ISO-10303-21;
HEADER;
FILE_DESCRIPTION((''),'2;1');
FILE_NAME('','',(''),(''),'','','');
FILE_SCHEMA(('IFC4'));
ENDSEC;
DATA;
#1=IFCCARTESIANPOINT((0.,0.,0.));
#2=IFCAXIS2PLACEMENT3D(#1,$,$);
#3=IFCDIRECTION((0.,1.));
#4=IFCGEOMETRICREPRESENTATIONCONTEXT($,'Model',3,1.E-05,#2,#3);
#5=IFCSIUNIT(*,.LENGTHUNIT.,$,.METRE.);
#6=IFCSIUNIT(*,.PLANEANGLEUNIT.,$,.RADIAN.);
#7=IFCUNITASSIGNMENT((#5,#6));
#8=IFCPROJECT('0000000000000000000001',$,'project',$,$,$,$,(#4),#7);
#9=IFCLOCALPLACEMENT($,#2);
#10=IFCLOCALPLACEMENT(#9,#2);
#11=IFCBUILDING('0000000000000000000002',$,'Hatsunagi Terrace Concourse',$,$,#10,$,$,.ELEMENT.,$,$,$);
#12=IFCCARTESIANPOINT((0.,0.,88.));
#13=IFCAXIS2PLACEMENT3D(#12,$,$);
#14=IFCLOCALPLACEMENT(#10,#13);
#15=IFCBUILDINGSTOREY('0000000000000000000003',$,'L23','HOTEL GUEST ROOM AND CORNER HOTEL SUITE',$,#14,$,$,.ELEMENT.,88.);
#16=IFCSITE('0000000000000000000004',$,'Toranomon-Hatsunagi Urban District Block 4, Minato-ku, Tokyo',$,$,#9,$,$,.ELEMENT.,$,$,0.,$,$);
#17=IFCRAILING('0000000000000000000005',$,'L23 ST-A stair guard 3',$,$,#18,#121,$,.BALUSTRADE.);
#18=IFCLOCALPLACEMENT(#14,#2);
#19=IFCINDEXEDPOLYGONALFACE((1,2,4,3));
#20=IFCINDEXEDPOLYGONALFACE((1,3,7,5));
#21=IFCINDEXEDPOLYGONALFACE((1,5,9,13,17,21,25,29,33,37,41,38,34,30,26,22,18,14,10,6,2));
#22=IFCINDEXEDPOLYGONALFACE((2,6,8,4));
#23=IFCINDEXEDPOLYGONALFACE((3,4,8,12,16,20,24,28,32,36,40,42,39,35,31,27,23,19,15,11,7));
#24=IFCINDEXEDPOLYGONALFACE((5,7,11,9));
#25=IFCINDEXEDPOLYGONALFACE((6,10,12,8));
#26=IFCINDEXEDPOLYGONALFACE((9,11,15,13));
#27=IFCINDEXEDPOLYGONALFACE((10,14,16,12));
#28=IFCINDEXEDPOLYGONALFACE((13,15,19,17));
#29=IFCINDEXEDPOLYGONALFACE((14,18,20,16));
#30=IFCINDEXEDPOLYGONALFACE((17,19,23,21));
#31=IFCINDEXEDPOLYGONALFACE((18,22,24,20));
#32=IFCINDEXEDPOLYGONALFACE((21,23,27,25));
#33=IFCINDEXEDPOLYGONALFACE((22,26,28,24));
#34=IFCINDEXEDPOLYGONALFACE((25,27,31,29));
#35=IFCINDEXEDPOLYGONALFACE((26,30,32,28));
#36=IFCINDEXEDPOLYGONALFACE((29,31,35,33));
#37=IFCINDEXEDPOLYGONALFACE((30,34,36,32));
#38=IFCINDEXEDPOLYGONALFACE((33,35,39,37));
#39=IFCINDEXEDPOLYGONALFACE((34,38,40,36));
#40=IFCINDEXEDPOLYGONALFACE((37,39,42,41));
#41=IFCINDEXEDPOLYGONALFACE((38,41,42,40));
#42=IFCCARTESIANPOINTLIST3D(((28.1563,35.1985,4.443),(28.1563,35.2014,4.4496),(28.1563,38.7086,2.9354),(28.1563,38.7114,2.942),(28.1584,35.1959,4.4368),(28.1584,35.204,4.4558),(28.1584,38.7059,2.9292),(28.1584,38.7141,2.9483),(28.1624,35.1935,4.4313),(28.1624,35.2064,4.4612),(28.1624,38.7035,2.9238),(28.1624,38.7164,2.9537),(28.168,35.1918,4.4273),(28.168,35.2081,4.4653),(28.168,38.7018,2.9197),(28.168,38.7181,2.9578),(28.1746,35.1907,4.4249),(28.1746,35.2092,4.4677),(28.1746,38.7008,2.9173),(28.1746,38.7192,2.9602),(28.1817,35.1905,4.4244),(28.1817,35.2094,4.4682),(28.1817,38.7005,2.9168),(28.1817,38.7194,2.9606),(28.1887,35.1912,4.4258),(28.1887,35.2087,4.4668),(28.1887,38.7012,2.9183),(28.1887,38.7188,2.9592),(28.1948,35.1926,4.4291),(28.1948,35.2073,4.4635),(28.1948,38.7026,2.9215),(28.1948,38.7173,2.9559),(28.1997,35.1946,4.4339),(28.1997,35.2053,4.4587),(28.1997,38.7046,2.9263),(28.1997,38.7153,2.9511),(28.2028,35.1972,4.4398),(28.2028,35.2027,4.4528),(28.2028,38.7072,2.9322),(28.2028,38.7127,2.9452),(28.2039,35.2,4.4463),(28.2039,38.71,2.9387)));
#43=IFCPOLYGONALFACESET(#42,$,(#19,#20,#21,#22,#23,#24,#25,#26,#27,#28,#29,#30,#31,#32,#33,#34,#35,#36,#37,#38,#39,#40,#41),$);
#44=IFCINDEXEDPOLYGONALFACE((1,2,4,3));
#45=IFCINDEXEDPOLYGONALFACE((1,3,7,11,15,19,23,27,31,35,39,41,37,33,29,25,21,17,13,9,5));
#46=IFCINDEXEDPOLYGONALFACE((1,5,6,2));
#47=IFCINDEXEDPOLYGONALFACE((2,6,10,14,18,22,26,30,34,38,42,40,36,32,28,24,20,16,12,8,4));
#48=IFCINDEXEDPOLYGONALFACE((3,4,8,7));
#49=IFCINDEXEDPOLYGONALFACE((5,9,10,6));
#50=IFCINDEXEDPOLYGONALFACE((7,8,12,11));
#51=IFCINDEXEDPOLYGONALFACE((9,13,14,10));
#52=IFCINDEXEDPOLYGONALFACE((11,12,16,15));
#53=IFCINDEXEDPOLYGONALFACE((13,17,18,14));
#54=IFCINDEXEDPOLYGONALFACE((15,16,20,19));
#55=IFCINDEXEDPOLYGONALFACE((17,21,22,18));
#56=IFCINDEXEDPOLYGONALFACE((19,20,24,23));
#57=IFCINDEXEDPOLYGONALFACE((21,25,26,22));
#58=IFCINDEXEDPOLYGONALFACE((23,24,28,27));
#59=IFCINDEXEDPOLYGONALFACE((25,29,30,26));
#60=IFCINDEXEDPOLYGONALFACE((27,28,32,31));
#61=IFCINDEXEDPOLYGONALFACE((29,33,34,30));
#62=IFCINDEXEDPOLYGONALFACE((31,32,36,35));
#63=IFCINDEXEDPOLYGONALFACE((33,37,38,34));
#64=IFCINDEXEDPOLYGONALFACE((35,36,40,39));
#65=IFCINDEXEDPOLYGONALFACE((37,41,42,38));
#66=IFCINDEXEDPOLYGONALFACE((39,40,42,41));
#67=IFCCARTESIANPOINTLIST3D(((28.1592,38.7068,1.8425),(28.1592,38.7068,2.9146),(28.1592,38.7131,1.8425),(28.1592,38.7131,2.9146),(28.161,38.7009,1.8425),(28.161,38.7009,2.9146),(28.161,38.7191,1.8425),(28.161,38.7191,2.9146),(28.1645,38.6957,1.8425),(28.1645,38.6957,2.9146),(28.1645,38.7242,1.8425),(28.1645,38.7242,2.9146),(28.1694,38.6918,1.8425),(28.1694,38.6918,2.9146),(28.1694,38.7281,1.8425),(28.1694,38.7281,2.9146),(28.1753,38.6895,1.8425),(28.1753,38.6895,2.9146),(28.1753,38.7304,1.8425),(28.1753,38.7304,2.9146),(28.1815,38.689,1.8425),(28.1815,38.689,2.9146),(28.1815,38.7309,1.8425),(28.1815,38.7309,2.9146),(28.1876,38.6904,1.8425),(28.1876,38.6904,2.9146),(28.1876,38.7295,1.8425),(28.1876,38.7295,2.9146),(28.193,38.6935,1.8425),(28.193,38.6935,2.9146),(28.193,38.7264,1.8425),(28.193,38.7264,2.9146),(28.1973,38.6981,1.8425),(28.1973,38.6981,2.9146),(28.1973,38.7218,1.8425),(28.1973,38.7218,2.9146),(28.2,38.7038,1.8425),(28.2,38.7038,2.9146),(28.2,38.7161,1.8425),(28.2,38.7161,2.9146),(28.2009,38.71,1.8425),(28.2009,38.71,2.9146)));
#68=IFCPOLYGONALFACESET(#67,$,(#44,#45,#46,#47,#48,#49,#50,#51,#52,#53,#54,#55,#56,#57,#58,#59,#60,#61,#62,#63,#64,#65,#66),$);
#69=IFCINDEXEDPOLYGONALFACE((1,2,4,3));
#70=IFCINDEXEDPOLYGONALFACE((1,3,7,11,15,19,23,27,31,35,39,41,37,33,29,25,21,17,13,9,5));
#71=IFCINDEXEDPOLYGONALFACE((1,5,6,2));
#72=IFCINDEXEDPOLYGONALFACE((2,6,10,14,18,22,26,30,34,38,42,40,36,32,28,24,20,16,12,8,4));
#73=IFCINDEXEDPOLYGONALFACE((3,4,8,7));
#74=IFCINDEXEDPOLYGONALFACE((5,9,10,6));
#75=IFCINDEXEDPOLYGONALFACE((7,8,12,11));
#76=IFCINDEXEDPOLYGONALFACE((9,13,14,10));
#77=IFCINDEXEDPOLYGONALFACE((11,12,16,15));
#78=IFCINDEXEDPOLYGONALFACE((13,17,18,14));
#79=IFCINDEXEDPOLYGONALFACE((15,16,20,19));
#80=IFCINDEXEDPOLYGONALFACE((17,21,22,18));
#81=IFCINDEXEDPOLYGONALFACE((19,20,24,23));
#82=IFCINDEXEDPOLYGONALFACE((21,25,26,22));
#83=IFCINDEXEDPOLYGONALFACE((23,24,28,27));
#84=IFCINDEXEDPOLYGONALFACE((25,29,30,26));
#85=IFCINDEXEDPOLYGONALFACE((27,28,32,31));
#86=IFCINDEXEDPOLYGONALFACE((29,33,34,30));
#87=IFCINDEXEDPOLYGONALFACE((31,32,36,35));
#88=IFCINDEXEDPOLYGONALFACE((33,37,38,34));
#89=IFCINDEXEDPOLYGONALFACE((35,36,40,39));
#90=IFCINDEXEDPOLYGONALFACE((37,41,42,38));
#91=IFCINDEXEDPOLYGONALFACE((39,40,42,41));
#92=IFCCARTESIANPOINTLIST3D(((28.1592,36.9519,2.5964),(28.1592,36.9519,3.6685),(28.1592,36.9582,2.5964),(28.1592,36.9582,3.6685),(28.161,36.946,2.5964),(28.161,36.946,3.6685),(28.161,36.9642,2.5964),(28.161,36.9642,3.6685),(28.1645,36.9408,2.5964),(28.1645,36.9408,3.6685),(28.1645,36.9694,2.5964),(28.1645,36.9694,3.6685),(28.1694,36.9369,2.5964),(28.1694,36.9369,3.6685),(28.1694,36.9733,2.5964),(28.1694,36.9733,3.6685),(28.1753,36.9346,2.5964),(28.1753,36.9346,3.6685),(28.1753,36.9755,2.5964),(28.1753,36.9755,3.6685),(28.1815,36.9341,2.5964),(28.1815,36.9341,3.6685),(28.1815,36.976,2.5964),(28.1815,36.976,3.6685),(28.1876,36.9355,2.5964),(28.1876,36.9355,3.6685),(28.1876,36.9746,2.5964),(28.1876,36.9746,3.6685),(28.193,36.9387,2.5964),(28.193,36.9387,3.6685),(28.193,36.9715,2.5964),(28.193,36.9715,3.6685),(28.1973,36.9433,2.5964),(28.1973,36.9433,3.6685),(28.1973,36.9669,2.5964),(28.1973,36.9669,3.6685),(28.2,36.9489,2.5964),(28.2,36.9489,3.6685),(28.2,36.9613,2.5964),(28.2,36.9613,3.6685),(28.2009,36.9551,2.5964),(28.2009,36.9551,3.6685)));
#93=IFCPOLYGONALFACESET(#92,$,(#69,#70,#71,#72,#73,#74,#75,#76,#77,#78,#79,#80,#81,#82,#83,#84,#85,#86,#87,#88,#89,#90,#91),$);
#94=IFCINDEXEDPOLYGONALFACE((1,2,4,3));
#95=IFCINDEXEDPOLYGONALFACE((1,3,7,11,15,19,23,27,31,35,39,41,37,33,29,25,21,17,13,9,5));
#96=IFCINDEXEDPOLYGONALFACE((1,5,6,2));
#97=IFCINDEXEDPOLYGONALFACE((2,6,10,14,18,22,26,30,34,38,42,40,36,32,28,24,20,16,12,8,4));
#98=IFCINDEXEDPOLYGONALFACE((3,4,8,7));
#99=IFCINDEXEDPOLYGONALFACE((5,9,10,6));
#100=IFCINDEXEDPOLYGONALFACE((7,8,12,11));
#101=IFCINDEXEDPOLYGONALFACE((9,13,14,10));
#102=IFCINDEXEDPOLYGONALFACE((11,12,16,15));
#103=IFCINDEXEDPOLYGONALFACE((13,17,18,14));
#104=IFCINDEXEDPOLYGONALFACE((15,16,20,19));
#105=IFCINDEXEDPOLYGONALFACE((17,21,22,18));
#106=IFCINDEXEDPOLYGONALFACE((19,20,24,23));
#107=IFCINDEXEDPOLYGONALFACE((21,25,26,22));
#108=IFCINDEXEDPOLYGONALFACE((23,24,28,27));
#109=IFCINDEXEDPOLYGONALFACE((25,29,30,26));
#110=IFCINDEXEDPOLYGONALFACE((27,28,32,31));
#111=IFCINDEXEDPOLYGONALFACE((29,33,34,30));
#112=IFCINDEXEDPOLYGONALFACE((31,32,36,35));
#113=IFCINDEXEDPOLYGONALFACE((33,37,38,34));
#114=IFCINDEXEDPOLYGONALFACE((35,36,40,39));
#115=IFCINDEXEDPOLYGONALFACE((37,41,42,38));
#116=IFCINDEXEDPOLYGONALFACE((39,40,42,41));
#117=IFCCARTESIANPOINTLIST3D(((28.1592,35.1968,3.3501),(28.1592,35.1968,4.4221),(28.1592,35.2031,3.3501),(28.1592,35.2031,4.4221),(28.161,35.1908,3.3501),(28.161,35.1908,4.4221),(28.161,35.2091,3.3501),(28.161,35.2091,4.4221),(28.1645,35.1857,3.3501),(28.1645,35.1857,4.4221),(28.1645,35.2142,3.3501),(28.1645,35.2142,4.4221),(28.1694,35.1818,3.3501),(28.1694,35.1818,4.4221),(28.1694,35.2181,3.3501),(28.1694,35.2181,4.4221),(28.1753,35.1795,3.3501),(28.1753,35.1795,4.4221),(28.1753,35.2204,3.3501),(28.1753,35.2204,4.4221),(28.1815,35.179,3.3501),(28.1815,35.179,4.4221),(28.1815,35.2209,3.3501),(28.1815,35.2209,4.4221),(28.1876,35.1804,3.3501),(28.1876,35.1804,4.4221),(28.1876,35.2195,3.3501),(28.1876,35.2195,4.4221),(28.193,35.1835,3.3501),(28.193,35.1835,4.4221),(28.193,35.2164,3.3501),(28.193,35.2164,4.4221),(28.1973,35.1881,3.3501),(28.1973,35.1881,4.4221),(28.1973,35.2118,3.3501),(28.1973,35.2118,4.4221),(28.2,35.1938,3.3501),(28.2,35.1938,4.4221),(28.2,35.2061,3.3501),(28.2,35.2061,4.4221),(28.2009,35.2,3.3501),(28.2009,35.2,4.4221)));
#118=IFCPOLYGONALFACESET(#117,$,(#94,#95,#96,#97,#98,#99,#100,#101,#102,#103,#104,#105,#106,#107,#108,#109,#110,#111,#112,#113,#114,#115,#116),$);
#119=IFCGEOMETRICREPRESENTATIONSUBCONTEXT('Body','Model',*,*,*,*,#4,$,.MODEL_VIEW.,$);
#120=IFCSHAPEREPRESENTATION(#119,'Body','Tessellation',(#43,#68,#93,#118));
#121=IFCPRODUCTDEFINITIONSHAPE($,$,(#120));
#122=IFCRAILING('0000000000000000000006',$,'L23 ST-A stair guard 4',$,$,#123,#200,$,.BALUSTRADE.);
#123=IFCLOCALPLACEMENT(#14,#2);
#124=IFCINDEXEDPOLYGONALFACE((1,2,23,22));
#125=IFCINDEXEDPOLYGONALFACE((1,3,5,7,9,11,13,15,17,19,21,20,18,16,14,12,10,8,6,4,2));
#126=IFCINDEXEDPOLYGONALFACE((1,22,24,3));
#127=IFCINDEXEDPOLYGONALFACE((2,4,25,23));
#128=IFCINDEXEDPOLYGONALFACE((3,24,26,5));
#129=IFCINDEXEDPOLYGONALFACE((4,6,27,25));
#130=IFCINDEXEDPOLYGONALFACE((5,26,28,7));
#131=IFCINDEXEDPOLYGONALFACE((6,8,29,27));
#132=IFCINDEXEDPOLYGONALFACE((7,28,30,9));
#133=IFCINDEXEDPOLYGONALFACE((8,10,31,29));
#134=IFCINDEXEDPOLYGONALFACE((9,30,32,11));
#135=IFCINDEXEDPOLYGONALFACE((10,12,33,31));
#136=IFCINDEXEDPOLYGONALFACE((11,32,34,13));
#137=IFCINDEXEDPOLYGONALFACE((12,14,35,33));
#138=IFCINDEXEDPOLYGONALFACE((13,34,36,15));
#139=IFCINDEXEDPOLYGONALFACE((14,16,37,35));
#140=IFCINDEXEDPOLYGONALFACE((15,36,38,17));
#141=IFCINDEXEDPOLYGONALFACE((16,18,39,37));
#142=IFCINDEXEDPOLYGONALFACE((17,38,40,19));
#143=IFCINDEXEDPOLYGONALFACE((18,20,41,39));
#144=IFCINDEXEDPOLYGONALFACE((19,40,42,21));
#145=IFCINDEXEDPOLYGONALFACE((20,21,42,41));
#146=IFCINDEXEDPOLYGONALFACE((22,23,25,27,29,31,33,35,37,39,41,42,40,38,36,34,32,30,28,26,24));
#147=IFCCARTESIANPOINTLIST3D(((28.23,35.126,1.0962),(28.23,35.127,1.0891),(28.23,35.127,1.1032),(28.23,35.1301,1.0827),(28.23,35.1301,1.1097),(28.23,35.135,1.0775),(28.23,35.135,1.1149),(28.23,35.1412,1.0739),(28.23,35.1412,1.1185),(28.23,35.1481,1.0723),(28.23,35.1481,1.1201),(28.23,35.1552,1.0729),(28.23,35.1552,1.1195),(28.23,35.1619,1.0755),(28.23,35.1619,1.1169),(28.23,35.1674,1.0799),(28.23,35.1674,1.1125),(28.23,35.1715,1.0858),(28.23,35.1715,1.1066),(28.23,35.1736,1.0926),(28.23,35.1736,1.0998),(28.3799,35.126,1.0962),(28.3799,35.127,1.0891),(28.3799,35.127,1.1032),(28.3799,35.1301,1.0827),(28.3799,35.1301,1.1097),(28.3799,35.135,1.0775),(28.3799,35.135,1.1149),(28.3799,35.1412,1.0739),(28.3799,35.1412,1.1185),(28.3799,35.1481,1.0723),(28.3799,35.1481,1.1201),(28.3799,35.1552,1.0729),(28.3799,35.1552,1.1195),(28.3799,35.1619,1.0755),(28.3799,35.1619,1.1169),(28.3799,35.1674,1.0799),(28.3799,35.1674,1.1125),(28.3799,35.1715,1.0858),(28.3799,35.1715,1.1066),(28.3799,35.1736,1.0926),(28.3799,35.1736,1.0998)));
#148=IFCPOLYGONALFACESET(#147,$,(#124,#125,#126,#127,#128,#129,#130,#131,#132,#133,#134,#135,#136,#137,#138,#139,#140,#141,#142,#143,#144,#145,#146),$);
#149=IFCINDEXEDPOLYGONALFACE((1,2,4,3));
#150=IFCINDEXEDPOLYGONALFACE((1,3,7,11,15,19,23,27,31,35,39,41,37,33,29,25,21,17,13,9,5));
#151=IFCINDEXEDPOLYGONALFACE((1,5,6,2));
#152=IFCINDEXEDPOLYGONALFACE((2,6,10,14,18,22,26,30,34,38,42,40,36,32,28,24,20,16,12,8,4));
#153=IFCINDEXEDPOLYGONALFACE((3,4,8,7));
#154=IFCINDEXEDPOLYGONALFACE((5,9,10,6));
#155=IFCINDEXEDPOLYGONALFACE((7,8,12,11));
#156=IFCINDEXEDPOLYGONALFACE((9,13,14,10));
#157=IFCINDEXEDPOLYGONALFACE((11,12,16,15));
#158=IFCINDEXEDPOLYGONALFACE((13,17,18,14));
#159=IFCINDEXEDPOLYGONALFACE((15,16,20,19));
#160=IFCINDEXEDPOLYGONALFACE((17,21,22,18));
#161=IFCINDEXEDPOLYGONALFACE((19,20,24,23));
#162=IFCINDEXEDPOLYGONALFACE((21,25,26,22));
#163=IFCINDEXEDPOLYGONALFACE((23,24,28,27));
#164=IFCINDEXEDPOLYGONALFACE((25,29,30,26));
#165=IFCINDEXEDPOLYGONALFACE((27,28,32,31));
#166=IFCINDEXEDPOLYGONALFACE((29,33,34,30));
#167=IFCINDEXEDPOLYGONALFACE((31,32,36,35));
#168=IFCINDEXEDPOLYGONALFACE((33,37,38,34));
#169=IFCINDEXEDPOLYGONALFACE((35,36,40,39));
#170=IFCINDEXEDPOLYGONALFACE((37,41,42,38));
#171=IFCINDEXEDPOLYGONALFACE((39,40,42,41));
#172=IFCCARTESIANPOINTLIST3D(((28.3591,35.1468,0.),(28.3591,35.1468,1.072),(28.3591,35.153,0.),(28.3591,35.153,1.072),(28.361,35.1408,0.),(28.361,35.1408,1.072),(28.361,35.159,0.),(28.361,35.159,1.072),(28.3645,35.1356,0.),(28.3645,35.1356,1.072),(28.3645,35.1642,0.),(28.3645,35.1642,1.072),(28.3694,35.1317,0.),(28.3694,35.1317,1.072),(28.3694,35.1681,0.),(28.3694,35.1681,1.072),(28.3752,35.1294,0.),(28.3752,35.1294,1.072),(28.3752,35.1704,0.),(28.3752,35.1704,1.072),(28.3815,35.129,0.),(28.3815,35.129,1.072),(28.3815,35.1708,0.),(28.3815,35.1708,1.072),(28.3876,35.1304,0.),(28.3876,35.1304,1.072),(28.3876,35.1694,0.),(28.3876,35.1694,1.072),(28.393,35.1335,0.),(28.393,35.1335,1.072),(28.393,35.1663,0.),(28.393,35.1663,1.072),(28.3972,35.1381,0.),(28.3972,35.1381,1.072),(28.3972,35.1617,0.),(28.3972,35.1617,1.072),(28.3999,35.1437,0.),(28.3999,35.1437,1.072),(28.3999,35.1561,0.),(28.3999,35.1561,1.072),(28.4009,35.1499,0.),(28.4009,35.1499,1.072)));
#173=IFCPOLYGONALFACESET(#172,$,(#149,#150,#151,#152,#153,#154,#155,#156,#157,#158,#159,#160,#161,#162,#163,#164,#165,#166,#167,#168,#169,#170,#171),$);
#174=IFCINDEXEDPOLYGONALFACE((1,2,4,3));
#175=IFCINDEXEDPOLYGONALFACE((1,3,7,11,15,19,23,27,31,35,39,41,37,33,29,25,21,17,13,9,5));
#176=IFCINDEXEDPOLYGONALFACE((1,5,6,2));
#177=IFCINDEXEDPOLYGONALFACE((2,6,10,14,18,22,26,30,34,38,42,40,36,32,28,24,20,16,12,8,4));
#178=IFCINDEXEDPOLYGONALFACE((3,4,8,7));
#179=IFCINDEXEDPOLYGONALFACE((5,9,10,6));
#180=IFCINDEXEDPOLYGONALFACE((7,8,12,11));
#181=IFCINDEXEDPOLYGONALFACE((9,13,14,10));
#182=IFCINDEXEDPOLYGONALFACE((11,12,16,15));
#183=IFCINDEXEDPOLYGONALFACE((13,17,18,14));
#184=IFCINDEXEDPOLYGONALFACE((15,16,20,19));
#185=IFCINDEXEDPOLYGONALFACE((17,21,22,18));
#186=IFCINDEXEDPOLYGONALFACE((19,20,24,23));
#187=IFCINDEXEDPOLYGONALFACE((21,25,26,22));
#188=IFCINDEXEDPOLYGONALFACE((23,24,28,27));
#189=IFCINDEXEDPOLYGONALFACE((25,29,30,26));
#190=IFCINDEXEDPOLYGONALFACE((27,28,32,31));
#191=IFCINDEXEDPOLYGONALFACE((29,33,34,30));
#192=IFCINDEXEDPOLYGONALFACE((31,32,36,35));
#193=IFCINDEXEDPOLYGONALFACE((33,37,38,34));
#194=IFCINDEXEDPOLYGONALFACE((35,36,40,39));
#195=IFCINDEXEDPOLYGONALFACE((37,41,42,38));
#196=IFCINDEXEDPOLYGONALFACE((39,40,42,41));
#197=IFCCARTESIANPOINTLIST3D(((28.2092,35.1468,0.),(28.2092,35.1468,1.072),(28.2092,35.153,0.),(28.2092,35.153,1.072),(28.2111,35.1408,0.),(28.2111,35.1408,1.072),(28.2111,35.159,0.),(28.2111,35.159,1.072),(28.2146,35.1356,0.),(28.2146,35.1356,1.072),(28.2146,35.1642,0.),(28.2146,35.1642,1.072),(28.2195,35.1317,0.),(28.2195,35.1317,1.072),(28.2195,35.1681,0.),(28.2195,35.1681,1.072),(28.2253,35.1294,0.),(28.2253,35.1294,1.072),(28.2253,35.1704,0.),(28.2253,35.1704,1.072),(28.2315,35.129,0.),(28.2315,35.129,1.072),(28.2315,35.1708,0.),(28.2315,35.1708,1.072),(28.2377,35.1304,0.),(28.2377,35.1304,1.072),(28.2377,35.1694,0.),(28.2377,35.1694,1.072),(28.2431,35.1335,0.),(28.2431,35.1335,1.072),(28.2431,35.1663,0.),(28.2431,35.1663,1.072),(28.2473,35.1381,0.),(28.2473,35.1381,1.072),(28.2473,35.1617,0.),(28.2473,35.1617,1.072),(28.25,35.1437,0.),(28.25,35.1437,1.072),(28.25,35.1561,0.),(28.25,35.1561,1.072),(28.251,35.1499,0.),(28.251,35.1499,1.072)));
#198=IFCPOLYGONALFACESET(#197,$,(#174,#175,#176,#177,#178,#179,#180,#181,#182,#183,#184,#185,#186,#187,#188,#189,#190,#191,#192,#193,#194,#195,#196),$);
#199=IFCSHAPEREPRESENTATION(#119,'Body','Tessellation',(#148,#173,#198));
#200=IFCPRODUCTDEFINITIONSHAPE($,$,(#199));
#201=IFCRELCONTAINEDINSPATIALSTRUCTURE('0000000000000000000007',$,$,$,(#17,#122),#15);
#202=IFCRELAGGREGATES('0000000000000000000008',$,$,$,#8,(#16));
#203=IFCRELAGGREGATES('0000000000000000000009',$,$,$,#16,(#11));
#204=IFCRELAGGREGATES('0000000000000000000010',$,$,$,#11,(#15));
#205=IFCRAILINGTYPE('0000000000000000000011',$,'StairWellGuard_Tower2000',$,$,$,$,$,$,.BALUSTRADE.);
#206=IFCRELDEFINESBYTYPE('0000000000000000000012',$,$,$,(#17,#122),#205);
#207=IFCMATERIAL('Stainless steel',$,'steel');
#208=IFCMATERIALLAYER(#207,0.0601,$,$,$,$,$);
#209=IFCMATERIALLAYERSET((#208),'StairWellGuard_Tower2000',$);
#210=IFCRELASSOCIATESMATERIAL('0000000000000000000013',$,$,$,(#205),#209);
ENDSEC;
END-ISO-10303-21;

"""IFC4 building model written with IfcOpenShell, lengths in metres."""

from ifc_helpers import new_model, si_unit, direction, frame, origin, origin_2d, place, context, subcontext, project, spatial, circle, extrude, material, layer, layer_set, type_object, element, save


model = new_model("IFC4")

# Units and contexts
model_context = context("Model", 3, precision=1e-05, world=origin(), true_north=direction((0.0, 1.0)))
body_context = subcontext(model_context, "Body", "Model", "MODEL_VIEW")
ifc_project = project(units=[si_unit("LENGTHUNIT", "METRE"), si_unit("PLANEANGLEUNIT", "RADIAN")], contexts=[model_context])

# Site, building, storey
site_placement = place(None, origin())
site = spatial("IfcSite", under=ifc_project, at=site_placement, Name="Toranomon-Hatsunagi Urban District Block 4, Minato-ku, Tokyo", CompositionType="ELEMENT", RefElevation=0.0)
building_placement = place(site_placement, origin())
building = spatial("IfcBuilding", under=site, at=building_placement, Name="Hatsunagi Terrace Concourse", CompositionType="ELEMENT")
storey_placement = place(building_placement, frame((0.0, 0.0, 88.0)))
storey = spatial("IfcBuildingStorey", under=building, at=storey_placement, Name="L23", Description="HOTEL GUEST ROOM AND CORNER HOTEL SUITE", CompositionType="ELEMENT", Elevation=88.0)

# Railings
ifc_material_1 = material(Name="Stainless steel", Category="steel")
ifc_layer_1 = layer(ifc_material_1, 0.0601)
ifc_layer_set_1 = layer_set([ifc_layer_1], Name="StairWellGuard_Tower2000")
railing_type_1 = type_object("IfcRailingType", Name="StairWellGuard_Tower2000", PredefinedType="BALUSTRADE", material=ifc_layer_set_1)
railing_1_placement = place(storey_placement, frame((28.1799, 38.71, 1.8425)))
element("IfcRailing", 1, at=railing_1_placement, inside=storey, type_object=railing_type_1, Name="L23 ST-A stair guard 3", PredefinedType="BALUSTRADE", context=body_context, shape_type="SweptSolid", body=[
    extrude(circle(Radius=0.0239, at=origin_2d()), frame((0.0, 0.0, 1.0962), z_axis=(0.0, -0.918834, 0.394644), x_axis=(1.0, 0.0, 0.0)), (0.0, 0.0, 1.0), 3.8201),
    extrude(circle(Radius=0.021, at=origin_2d()), origin(), (0.0, 0.0, 1.0), 1.072),
    extrude(circle(Radius=0.021, at=origin_2d()), frame((0.0, -1.7549, 0.7539)), (0.0, 0.0, 1.0), 1.072),
    extrude(circle(Radius=0.021, at=origin_2d()), frame((0.0, -3.51, 1.5076)), (0.0, 0.0, 1.0), 1.072),
])
railing_2_placement = place(storey_placement, frame((28.3799, 35.1499, 0.0)))
element("IfcRailing", 2, at=railing_2_placement, inside=storey, type_object=railing_type_1, Name="L23 ST-A stair guard 4", PredefinedType="BALUSTRADE", context=body_context, shape_type="SweptSolid", body=[
    extrude(circle(Radius=0.0239, at=origin_2d()), frame((0.0, 0.0, 1.0962), z_axis=(-1.0, 0.0, 0.0), x_axis=(0.0, -1.0, 0.0)), (0.0, 0.0, 1.0), 0.1499),
    extrude(circle(Radius=0.021, at=origin_2d()), origin(), (0.0, 0.0, 1.0), 1.072),
    extrude(circle(Radius=0.021, at=origin_2d()), frame((-0.1499, 0.0, 0.0)), (0.0, 0.0, 1.0), 1.072),
])

save(model, "model.ifc")
